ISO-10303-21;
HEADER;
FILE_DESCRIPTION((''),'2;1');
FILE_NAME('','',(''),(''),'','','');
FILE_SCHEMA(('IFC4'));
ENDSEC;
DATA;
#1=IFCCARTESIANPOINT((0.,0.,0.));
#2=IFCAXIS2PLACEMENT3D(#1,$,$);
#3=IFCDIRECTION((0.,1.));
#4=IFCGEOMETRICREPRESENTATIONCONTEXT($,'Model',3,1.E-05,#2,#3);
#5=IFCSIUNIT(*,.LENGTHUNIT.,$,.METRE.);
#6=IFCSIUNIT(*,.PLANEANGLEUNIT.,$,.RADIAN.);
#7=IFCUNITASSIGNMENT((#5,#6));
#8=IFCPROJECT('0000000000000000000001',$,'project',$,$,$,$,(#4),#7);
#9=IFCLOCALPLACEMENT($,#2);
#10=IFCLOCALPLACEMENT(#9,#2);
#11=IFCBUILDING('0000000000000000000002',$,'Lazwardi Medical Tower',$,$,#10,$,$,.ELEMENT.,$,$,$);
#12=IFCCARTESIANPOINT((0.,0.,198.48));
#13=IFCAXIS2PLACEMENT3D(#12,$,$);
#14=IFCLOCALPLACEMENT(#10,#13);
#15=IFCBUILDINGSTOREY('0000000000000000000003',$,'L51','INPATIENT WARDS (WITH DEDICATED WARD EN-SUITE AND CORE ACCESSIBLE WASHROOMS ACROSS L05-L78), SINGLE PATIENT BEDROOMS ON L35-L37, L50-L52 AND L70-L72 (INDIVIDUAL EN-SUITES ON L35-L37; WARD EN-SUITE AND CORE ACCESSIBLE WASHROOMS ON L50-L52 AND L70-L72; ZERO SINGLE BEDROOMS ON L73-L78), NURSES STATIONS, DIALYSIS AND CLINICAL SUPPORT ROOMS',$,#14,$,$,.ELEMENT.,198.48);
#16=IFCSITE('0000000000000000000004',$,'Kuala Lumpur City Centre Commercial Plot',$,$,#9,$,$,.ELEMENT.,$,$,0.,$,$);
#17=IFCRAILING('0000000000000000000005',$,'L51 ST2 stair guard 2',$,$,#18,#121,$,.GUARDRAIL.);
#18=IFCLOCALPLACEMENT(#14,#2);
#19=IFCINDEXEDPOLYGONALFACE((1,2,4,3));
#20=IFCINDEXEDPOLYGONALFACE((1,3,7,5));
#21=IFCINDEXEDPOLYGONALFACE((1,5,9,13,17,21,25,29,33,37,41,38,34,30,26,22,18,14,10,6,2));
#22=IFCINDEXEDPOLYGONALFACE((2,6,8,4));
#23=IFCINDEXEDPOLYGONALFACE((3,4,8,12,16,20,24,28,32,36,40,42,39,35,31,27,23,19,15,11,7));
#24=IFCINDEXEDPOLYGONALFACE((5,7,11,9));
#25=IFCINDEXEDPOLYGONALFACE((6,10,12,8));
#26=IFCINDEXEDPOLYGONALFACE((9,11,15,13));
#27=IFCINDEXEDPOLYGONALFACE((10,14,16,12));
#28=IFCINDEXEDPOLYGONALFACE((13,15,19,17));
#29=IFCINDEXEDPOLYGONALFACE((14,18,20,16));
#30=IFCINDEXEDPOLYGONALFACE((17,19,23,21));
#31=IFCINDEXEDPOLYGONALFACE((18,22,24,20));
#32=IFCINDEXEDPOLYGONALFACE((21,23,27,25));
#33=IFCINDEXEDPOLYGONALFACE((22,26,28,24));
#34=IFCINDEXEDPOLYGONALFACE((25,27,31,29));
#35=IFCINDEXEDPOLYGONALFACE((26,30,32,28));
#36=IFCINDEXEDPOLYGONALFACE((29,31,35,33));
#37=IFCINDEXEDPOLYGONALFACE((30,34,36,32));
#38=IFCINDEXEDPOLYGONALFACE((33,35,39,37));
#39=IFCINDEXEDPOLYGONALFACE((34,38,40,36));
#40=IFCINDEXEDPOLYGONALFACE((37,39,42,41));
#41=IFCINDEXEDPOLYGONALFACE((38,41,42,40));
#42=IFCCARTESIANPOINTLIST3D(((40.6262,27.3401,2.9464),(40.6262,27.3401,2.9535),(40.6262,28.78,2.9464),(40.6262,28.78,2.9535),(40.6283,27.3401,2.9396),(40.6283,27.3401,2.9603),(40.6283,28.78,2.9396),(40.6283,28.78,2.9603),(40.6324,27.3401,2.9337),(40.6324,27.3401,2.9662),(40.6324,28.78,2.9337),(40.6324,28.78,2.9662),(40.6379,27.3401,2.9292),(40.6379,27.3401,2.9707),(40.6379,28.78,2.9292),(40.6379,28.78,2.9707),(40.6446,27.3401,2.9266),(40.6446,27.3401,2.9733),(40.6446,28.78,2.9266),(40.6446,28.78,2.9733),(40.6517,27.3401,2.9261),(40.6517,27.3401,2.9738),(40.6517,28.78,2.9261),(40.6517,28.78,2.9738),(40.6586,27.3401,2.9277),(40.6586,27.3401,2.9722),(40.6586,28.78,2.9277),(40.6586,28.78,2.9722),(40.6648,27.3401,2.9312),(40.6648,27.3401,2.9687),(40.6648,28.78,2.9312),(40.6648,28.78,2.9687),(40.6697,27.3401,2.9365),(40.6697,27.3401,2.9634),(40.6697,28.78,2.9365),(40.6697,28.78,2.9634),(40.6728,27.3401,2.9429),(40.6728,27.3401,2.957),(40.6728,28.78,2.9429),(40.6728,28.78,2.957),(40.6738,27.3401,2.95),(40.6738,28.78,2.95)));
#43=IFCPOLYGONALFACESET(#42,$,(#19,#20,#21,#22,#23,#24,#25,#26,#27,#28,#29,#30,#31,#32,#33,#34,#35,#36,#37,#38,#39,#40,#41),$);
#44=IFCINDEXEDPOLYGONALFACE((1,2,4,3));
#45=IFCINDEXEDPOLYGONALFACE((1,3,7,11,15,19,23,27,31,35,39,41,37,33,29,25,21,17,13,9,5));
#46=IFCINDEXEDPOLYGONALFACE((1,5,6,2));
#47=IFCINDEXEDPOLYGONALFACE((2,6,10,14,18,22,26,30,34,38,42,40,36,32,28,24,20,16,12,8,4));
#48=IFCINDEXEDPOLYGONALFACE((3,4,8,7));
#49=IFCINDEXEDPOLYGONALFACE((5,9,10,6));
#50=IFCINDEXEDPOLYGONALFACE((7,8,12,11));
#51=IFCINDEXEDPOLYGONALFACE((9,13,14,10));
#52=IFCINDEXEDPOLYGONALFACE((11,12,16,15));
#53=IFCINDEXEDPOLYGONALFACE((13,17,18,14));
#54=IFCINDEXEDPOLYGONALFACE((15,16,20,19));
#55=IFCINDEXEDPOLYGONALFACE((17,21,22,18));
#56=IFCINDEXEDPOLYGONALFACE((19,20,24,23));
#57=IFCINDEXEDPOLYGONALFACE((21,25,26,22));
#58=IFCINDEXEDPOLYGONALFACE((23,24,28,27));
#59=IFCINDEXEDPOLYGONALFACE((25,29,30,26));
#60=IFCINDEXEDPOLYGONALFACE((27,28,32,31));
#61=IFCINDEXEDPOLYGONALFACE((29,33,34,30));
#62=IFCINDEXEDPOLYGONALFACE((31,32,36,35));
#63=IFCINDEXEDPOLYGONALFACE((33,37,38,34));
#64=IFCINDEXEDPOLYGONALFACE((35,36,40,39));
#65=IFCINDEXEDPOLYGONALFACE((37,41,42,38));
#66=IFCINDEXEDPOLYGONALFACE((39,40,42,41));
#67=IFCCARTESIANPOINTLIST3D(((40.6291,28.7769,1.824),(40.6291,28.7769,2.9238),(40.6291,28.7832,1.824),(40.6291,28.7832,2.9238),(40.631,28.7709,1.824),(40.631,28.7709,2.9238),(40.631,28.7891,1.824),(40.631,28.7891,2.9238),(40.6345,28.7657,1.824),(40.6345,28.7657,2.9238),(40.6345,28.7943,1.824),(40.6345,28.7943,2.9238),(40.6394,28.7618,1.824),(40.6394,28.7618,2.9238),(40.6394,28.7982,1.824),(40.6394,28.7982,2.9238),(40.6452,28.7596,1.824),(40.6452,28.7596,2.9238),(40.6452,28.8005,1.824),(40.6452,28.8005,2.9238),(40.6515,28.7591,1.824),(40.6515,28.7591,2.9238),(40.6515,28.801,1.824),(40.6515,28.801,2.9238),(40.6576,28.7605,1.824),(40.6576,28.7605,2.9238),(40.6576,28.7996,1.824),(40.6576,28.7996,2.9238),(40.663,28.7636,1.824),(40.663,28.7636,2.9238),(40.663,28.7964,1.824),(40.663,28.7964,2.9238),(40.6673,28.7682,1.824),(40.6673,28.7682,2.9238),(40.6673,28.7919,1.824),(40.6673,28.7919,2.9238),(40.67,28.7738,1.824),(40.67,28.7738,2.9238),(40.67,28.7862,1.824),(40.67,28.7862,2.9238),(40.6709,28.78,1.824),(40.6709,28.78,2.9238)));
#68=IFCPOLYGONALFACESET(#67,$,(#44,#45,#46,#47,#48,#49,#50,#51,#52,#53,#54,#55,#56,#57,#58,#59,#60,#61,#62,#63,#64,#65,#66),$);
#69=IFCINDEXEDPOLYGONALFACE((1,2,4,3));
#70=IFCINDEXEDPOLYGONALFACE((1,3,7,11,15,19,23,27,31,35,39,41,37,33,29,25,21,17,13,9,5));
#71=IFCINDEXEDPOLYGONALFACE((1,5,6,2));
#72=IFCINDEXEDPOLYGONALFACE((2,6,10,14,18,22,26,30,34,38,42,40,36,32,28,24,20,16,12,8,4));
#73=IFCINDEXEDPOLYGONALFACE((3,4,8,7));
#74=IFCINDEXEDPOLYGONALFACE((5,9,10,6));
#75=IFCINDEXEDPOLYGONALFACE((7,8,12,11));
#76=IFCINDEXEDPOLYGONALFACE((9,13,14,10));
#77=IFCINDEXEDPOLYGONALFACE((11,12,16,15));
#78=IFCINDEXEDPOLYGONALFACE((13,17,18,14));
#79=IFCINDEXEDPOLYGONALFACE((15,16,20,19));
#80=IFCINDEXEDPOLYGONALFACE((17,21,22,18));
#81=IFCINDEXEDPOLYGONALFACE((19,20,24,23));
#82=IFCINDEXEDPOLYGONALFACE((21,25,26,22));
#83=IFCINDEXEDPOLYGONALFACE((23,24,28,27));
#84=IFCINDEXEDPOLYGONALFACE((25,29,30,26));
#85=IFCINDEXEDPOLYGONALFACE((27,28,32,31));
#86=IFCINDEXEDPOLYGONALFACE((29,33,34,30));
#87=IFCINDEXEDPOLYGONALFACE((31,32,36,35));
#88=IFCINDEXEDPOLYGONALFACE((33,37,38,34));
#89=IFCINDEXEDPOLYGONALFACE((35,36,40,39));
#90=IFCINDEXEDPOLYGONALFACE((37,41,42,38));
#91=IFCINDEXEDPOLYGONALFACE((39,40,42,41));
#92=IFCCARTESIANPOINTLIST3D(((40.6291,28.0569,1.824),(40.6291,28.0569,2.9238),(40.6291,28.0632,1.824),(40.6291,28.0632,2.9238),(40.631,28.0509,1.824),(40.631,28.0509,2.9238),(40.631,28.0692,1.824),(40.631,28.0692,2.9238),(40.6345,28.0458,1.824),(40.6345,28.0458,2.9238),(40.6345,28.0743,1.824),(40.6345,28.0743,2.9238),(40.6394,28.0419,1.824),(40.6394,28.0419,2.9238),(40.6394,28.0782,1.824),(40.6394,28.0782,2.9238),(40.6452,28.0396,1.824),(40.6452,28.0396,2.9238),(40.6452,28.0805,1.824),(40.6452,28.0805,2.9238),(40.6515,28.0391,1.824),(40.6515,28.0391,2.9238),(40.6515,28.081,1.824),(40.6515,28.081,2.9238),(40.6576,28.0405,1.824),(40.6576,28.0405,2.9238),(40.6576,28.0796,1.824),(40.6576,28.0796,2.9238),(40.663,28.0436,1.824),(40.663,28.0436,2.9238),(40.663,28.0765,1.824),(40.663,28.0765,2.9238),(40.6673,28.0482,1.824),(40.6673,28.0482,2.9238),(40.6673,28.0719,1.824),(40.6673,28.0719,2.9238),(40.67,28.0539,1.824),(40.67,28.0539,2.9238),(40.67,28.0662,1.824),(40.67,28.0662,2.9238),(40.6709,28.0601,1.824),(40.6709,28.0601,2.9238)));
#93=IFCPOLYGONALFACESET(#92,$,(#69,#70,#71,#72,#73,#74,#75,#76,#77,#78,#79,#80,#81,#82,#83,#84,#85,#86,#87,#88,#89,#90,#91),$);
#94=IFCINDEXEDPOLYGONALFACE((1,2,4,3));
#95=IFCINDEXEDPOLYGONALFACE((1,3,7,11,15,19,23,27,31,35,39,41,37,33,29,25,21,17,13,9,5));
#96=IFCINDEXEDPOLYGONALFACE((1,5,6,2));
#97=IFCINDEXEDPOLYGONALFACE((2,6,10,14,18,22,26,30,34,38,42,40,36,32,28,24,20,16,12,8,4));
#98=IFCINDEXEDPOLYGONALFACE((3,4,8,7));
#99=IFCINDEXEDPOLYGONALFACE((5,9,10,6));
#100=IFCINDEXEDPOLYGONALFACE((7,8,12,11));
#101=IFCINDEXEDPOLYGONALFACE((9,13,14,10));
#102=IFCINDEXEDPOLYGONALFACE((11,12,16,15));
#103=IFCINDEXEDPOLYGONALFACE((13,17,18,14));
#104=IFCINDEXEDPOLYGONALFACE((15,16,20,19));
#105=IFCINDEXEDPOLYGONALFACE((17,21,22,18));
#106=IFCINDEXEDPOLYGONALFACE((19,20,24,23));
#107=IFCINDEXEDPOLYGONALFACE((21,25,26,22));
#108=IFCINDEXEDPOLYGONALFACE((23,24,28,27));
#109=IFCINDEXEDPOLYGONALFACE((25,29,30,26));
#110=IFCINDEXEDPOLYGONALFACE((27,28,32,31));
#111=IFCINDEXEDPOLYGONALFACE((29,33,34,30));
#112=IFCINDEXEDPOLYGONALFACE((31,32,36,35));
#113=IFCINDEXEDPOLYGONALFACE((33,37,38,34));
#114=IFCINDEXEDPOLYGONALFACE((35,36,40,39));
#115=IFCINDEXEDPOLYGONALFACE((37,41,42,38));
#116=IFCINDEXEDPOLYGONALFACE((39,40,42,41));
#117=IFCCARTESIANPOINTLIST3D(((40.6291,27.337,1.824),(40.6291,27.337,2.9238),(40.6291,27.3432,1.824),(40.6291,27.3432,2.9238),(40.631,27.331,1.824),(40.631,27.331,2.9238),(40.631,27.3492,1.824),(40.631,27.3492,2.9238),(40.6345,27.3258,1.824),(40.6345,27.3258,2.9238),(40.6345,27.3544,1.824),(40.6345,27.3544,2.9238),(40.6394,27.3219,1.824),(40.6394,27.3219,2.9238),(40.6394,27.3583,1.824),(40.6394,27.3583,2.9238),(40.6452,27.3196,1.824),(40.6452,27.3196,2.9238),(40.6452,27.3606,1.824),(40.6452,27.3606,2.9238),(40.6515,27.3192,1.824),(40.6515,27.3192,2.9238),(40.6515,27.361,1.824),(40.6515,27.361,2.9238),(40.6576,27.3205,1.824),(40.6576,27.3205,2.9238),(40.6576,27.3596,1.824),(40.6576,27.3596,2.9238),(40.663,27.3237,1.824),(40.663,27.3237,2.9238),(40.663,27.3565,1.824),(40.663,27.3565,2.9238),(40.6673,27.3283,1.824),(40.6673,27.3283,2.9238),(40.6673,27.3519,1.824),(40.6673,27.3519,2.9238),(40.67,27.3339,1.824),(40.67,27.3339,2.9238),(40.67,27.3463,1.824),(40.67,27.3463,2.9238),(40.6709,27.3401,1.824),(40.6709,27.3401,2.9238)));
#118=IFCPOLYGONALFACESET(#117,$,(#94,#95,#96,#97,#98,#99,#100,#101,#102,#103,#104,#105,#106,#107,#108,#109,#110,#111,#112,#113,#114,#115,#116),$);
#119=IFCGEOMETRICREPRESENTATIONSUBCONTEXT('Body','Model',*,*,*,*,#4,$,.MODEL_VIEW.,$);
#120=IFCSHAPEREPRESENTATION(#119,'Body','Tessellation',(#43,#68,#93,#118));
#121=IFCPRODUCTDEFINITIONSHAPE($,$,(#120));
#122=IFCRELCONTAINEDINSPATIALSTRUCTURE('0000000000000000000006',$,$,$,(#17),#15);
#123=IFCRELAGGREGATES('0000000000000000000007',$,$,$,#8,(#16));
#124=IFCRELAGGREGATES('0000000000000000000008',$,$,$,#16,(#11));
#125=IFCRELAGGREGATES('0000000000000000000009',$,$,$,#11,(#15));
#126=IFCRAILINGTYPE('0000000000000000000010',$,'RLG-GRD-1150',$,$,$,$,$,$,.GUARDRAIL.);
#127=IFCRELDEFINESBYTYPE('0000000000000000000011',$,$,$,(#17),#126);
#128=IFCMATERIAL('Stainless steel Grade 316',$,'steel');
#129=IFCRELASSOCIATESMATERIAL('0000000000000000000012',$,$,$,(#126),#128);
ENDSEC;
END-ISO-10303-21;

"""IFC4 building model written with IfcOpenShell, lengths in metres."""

from ifc_helpers import new_model, si_unit, direction, frame, origin, origin_2d, place, context, subcontext, project, spatial, circle, extrude, material, type_object, element, save


model = new_model("IFC4")

# Units and contexts
model_context = context("Model", 3, precision=1e-05, world=origin(), true_north=direction((0.0, 1.0)))
body_context = subcontext(model_context, "Body", "Model", "MODEL_VIEW")
ifc_project = project(units=[si_unit("LENGTHUNIT", "METRE"), si_unit("PLANEANGLEUNIT", "RADIAN")], contexts=[model_context])

# Site, building, storey
site_placement = place(None, origin())
site = spatial("IfcSite", under=ifc_project, at=site_placement, Name="Kuala Lumpur City Centre Commercial Plot", CompositionType="ELEMENT", RefElevation=0.0)
building_placement = place(site_placement, origin())
building = spatial("IfcBuilding", under=site, at=building_placement, Name="Lazwardi Medical Tower", CompositionType="ELEMENT")
storey_placement = place(building_placement, frame((0.0, 0.0, 198.48)))
storey = spatial("IfcBuildingStorey", under=building, at=storey_placement, Name="L51", Description="INPATIENT WARDS (WITH DEDICATED WARD EN-SUITE AND CORE ACCESSIBLE WASHROOMS ACROSS L05-L78), SINGLE PATIENT BEDROOMS ON L35-L37, L50-L52 AND L70-L72 (INDIVIDUAL EN-SUITES ON L35-L37; WARD EN-SUITE AND CORE ACCESSIBLE WASHROOMS ON L50-L52 AND L70-L72; ZERO SINGLE BEDROOMS ON L73-L78), NURSES STATIONS, DIALYSIS AND CLINICAL SUPPORT ROOMS", CompositionType="ELEMENT", Elevation=198.48)

# Railing
ifc_material_1 = material(Name="Stainless steel Grade 316", Category="steel")
railing_type_1 = type_object("IfcRailingType", Name="RLG-GRD-1150", PredefinedType="GUARDRAIL", material=ifc_material_1)
railing_1_placement = place(storey_placement, frame((40.6499, 28.78, 1.824)))
element("IfcRailing", 1, at=railing_1_placement, inside=storey, type_object=railing_type_1, Name="L51 ST2 stair guard 2", PredefinedType="GUARDRAIL", context=body_context, shape_type="SweptSolid", body=[
    extrude(circle(Radius=0.0239, at=origin_2d()), frame((0.0, 0.0, 1.126), z_axis=(0.0, -1.0, 0.0), x_axis=(1.0, 0.0, 0.0)), (0.0, 0.0, 1.0), 1.4399),
    extrude(circle(Radius=0.021, at=origin_2d()), origin(), (0.0, 0.0, 1.0), 1.0999),
    extrude(circle(Radius=0.021, at=origin_2d()), frame((0.0, -0.72, 0.0)), (0.0, 0.0, 1.0), 1.0999),
    extrude(circle(Radius=0.021, at=origin_2d()), frame((0.0, -1.4399, 0.0)), (0.0, 0.0, 1.0), 1.0999),
])

save(model, "model.ifc")
